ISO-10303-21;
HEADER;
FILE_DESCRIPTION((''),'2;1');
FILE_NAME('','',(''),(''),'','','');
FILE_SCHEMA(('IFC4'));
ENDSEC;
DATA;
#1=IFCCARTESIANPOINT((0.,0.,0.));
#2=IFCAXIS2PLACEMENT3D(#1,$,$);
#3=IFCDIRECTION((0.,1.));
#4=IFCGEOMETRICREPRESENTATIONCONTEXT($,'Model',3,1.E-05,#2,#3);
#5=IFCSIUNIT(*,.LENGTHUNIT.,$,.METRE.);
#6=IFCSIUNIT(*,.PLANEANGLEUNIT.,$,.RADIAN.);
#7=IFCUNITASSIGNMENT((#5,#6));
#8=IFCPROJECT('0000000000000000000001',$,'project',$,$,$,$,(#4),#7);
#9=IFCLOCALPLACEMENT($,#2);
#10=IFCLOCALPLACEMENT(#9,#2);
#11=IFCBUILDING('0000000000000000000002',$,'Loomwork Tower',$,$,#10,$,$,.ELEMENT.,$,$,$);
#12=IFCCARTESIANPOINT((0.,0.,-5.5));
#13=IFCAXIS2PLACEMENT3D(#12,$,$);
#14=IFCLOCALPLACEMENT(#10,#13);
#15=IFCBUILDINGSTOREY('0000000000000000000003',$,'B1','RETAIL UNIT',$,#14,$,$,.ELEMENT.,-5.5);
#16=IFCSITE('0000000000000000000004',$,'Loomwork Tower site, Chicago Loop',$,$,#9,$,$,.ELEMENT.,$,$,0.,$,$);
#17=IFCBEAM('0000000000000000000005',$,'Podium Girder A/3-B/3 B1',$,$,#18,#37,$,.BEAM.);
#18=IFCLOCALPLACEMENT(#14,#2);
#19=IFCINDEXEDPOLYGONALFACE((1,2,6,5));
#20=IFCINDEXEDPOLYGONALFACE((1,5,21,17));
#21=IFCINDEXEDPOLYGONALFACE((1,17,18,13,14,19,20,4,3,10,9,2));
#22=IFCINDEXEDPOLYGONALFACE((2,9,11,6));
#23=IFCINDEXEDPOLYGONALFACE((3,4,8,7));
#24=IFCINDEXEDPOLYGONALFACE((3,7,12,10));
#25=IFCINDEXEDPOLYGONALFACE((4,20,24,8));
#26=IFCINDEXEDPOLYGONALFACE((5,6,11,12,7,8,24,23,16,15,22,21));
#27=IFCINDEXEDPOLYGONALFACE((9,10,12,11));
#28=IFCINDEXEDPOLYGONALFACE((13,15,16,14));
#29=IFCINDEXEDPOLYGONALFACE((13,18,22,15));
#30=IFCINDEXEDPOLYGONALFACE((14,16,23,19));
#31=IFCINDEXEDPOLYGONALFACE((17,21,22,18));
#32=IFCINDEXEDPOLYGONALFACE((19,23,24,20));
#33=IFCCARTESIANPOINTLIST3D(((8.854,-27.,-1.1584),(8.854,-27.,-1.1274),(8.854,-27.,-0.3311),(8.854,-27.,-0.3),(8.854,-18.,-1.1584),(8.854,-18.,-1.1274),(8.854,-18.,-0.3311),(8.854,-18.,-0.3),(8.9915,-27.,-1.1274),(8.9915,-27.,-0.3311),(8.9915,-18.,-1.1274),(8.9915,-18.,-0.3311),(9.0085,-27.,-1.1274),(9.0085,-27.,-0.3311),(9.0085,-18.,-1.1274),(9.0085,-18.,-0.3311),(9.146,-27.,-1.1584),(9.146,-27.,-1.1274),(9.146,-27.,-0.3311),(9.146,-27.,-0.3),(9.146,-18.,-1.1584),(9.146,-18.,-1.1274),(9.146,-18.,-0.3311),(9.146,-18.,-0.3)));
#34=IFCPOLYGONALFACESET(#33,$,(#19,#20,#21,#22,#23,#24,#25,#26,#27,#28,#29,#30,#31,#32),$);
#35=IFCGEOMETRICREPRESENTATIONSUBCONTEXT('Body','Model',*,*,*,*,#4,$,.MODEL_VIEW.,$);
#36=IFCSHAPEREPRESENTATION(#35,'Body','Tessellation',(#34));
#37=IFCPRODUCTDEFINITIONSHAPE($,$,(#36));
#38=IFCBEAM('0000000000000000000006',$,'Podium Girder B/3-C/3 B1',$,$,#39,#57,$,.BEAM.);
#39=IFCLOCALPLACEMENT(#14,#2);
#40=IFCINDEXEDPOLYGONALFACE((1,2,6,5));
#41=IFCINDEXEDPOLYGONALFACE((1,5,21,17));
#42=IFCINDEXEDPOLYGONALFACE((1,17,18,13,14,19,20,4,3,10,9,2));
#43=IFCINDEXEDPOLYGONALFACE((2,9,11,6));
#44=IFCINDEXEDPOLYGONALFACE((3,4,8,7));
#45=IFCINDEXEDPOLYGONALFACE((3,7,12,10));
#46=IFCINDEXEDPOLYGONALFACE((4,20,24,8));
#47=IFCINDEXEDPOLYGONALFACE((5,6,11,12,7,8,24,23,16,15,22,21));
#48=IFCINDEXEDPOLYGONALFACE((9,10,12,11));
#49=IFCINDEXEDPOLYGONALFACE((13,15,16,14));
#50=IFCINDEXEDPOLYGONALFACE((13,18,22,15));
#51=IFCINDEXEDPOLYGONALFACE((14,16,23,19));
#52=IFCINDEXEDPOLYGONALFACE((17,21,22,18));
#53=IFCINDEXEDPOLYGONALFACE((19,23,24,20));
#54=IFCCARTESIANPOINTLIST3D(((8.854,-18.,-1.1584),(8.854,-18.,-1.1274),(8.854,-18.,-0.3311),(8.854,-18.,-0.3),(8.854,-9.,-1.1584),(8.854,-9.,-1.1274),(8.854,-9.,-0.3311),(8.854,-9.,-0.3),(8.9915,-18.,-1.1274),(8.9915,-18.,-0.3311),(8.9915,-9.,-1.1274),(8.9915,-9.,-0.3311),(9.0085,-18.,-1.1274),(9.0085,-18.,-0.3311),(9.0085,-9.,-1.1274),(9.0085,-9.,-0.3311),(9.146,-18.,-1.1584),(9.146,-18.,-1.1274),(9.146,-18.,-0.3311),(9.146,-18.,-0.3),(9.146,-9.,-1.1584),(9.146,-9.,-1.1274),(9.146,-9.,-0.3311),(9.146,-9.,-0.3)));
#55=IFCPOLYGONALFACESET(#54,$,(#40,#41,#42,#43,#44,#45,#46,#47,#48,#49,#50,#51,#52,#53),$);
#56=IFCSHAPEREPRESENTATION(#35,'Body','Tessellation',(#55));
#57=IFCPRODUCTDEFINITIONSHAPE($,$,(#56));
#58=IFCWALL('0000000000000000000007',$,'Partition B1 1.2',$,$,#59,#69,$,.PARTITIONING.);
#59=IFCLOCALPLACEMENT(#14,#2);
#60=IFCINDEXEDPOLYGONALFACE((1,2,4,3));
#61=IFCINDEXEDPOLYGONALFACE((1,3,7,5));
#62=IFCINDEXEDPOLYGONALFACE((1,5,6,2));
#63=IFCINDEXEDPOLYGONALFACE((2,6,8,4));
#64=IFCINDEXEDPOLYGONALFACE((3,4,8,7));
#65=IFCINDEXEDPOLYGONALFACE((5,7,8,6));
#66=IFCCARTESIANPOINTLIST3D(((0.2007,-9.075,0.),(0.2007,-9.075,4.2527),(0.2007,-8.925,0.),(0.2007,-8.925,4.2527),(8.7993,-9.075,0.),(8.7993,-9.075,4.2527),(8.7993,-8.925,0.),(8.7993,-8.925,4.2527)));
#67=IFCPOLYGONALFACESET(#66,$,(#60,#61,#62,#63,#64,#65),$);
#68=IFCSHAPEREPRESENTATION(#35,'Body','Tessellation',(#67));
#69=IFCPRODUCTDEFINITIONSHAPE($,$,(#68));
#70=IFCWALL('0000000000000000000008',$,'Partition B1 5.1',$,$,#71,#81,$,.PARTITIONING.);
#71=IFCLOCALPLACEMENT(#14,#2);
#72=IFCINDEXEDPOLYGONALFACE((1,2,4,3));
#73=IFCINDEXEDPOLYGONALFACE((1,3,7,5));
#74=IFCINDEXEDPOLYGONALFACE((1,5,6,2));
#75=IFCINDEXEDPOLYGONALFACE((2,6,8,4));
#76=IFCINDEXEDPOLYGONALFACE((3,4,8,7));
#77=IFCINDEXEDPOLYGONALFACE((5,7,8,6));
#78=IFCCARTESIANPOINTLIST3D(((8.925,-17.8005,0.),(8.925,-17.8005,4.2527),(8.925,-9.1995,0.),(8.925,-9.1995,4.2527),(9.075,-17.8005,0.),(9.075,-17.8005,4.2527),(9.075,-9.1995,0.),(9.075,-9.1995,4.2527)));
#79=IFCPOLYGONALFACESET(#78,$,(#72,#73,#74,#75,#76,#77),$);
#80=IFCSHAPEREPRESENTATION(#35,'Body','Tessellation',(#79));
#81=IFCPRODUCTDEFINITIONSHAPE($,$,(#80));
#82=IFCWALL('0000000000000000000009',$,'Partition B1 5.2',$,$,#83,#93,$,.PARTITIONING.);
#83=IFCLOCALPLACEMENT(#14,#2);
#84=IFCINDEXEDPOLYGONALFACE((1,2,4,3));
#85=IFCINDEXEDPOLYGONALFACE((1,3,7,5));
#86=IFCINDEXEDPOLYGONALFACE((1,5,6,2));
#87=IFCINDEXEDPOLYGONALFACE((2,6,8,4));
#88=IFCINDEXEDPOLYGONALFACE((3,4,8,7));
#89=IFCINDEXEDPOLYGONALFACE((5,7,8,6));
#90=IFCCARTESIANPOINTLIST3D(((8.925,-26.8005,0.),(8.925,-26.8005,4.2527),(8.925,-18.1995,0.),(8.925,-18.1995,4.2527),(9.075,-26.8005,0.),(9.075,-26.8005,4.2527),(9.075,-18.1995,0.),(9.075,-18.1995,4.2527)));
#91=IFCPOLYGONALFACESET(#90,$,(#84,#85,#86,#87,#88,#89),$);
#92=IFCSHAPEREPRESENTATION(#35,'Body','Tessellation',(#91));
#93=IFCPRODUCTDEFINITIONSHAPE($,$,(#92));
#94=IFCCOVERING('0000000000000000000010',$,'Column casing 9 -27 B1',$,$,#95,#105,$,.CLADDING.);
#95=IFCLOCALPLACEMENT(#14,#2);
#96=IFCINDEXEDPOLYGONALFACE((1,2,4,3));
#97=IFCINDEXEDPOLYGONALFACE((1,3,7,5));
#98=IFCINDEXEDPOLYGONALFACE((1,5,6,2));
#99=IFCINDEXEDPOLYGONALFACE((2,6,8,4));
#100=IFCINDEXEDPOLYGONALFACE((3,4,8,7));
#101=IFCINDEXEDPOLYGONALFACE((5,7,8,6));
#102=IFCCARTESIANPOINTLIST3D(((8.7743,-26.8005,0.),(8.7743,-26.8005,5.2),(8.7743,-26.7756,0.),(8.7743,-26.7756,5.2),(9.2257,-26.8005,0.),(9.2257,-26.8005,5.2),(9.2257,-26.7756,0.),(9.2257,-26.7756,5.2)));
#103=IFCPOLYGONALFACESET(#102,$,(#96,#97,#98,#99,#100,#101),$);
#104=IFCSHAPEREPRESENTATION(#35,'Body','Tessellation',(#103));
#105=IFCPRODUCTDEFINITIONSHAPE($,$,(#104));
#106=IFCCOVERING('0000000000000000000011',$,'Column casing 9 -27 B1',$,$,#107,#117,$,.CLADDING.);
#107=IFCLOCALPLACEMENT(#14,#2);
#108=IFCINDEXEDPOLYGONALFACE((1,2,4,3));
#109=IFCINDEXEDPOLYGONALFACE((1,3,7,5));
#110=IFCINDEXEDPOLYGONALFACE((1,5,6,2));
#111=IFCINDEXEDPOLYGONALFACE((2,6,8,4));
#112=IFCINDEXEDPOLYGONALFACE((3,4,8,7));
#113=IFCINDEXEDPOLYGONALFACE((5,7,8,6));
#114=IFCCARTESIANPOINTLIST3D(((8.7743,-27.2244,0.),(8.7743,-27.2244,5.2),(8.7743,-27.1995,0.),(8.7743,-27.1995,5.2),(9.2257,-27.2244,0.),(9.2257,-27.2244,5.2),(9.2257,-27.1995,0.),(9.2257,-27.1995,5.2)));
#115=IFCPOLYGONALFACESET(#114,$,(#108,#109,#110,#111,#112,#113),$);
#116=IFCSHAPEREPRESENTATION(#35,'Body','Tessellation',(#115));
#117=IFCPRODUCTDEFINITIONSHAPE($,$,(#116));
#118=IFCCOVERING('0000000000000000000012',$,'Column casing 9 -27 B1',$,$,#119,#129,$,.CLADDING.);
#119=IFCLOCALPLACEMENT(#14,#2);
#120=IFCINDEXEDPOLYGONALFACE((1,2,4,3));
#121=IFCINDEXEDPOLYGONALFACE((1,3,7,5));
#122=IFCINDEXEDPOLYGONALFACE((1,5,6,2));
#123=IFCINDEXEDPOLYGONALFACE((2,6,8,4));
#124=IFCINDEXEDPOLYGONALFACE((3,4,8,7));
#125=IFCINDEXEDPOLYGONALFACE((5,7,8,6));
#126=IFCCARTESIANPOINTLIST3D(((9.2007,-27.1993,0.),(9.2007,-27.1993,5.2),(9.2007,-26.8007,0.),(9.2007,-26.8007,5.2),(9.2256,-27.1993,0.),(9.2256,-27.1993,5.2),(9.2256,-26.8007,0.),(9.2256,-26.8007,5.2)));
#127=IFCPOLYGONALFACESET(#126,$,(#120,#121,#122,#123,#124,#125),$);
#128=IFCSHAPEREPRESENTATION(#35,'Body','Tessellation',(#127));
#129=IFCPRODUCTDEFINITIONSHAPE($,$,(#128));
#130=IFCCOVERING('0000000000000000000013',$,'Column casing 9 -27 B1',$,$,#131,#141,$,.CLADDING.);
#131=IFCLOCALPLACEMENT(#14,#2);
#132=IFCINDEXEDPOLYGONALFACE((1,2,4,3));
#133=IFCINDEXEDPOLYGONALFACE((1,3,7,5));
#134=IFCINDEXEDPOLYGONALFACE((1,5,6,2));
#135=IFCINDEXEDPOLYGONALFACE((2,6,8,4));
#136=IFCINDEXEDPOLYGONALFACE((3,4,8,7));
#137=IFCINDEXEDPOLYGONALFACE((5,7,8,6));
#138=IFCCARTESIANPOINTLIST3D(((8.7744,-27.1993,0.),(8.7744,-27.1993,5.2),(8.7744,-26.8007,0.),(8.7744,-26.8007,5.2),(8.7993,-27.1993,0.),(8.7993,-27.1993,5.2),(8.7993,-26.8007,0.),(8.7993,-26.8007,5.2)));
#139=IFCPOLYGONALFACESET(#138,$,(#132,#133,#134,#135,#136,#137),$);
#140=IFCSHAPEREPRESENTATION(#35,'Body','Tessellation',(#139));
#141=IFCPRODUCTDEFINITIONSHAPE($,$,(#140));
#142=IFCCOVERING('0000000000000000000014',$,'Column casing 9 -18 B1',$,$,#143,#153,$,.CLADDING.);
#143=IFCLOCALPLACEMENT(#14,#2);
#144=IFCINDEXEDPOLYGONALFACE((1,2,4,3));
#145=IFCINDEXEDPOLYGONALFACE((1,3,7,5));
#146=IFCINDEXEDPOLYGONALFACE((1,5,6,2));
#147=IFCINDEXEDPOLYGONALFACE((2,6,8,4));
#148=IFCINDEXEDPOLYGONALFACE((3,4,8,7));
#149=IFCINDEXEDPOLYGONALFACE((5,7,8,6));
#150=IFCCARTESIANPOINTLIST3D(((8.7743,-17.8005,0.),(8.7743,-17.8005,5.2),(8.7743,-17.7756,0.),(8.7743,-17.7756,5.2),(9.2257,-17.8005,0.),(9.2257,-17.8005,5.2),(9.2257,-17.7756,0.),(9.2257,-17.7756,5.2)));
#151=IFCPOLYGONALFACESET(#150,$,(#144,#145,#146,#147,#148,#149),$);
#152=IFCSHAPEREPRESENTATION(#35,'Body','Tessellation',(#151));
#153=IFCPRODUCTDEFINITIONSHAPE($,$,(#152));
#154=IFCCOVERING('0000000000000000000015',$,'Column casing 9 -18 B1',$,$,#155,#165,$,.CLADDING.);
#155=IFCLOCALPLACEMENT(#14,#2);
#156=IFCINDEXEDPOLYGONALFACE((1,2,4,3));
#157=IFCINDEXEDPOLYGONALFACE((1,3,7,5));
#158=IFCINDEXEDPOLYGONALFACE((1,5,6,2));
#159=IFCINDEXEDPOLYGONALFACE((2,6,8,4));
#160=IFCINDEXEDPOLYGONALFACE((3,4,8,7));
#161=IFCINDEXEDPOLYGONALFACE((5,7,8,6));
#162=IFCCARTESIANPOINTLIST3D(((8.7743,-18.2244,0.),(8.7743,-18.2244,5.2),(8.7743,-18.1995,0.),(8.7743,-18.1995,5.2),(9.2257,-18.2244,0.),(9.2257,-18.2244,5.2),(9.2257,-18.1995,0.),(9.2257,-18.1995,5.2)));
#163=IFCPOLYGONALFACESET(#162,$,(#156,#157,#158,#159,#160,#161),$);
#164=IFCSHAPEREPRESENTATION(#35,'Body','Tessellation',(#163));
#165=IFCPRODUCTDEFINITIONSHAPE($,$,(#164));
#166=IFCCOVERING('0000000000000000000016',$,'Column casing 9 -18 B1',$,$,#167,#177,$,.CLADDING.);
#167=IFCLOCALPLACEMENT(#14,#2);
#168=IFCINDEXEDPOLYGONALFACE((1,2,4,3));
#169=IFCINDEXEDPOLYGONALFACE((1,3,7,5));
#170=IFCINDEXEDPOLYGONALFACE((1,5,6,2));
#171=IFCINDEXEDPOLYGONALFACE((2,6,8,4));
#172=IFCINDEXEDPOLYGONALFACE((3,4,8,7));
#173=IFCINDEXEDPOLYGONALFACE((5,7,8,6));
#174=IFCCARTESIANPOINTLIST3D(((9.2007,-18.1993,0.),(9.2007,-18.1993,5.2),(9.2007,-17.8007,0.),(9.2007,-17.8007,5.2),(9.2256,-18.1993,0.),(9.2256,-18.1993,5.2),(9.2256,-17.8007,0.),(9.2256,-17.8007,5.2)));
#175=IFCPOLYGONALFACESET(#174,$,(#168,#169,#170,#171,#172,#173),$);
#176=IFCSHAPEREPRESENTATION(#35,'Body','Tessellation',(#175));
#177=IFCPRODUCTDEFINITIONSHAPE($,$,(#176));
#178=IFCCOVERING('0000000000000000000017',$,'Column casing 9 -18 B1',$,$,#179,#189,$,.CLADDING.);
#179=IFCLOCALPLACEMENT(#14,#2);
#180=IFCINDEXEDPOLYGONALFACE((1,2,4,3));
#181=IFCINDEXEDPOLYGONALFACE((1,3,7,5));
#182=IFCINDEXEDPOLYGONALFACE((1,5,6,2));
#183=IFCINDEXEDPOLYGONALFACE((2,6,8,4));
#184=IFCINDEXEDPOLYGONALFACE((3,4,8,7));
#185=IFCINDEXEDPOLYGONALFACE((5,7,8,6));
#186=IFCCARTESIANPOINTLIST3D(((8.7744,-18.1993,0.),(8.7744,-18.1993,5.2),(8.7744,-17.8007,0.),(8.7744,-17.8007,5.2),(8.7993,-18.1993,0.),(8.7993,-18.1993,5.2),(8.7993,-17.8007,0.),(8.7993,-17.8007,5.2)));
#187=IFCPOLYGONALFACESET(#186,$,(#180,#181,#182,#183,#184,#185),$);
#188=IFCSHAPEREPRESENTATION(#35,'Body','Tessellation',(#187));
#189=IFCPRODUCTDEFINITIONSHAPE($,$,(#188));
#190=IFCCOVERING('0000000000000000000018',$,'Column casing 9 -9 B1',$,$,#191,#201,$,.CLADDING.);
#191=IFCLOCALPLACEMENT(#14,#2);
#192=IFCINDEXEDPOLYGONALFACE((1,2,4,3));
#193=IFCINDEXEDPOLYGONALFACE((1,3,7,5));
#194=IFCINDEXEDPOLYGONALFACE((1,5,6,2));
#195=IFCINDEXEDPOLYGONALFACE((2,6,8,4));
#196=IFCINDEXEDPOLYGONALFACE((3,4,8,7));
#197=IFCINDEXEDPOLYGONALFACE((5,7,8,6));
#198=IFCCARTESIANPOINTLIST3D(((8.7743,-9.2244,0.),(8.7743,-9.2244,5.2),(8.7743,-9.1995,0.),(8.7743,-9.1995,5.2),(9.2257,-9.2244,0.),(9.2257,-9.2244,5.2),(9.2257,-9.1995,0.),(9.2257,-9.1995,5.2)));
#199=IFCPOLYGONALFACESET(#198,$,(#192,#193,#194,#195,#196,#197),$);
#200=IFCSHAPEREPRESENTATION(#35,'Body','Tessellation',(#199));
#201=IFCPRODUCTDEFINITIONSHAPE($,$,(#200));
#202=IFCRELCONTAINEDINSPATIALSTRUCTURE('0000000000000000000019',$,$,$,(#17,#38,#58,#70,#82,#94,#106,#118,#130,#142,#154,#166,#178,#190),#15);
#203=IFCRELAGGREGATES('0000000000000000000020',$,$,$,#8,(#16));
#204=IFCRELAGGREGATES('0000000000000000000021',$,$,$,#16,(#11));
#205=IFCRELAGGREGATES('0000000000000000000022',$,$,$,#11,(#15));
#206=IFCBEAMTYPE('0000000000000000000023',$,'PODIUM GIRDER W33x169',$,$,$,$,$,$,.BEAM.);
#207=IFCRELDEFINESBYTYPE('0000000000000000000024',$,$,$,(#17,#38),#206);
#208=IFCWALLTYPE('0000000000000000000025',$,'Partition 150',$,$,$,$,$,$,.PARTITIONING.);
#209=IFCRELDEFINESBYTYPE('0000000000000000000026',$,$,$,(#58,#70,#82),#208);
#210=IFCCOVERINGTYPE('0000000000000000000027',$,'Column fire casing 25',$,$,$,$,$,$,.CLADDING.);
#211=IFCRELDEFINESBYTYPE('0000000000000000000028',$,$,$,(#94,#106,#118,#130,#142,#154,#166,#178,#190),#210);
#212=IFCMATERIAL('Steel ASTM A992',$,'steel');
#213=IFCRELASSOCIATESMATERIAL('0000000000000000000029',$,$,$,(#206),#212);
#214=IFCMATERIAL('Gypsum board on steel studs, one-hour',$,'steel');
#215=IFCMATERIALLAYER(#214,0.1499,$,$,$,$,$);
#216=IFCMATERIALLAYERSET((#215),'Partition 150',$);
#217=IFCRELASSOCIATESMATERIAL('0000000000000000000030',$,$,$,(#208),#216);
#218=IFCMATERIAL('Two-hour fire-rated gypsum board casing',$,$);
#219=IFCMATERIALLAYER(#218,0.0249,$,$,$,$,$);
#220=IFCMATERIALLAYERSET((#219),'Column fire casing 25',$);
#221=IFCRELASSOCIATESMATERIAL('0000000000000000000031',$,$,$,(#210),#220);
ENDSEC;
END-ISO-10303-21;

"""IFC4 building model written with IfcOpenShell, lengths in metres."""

from ifc_helpers import new_model, si_unit, direction, frame, frame_2d, origin, origin_2d, place, context, subcontext, project, spatial, rectangle, i_section, extrude, material, layer, layer_set, material_profile, profile_set, type_object, element, save


model = new_model("IFC4")

# Units and contexts
model_context = context("Model", 3, precision=1e-05, world=origin(), true_north=direction((0.0, 1.0)))
body_context = subcontext(model_context, "Body", "Model", "MODEL_VIEW")
ifc_project = project(units=[si_unit("LENGTHUNIT", "METRE"), si_unit("PLANEANGLEUNIT", "RADIAN")], contexts=[model_context])

# Site, building, storey
site_placement = place(None, origin())
site = spatial("IfcSite", under=ifc_project, at=site_placement, Name="Loomwork Tower site, Chicago Loop", CompositionType="ELEMENT", RefElevation=0.0)
building_placement = place(site_placement, origin())
building = spatial("IfcBuilding", under=site, at=building_placement, Name="Loomwork Tower", CompositionType="ELEMENT")
storey_placement = place(building_placement, frame((0.0, 0.0, -5.5)))
storey = spatial("IfcBuildingStorey", under=building, at=storey_placement, Name="B1", Description="RETAIL UNIT", CompositionType="ELEMENT", Elevation=-5.5)

# Beams
ifc_material_1 = material(Name="Steel ASTM A992", Category="steel")
ifc_material_profile_1 = material_profile(ifc_material_1, i_section(OverallWidth=0.292, OverallDepth=0.8584, WebThickness=0.0171, FlangeThickness=0.031, at=origin_2d()), Name="W33x169")
ifc_profile_set_1 = profile_set([ifc_material_profile_1], Name="Steel ASTM A992")
beam_type_1 = type_object("IfcBeamType", Name="PODIUM GIRDER W33x169", PredefinedType="BEAM", material=ifc_profile_set_1)
for number, where, z_axis, x_axis, name in (
    (1, (9.0, -27.0, -0.7292), (0.0, 1.0, 0.0), (-1.0, 0.0, 0.0), "Podium Girder A/3-B/3 B1"),
    (2, (9.0, -18.0, -0.7292), (0.0, 1.0, 0.0), (-1.0, 0.0, 0.0), "Podium Girder B/3-C/3 B1"),
):
    element("IfcBeam", number, at=place(storey_placement, frame(where, z_axis=z_axis, x_axis=x_axis)), inside=storey, type_object=beam_type_1, Name=name, PredefinedType="BEAM", context=body_context, shape_type="SweptSolid", body=[
        extrude(i_section(OverallWidth=0.292, OverallDepth=0.8584, WebThickness=0.0171, FlangeThickness=0.031, at=origin_2d()), origin(), (0.0, 0.0, 1.0), 9.0),
    ])

# Walls
ifc_material_2 = material(Name="Gypsum board on steel studs, one-hour", Category="steel")
ifc_layer_1 = layer(ifc_material_2, 0.1499)
ifc_layer_set_1 = layer_set([ifc_layer_1], Name="Partition 150")
wall_type = type_object("IfcWallType", Name="Partition 150", PredefinedType="PARTITIONING", material=ifc_layer_set_1)
wall_placement = place(storey_placement, frame((0.2007, -9.0, 0.0), z_axis=(0.0, 0.0, 1.0), x_axis=(1.0, 0.0, 0.0)))
element("IfcWall", 3, at=wall_placement, inside=storey, type_object=wall_type, Name="Partition B1 1.2", PredefinedType="PARTITIONING", context=body_context, shape_type="SweptSolid", body=[
    extrude(rectangle(XDim=8.5986, YDim=0.1499, at=frame_2d((4.2993, 0.0))), origin(), (0.0, 0.0, 1.0), 4.2527),
])
for number, where, z_axis, x_axis, name in (
    (4, (9.0, -9.1995, 0.0), (0.0, 0.0, 1.0), (0.0, -1.0, 0.0), "Partition B1 5.1"),
    (5, (9.0, -18.1995, 0.0), (0.0, 0.0, 1.0), (0.0, -1.0, 0.0), "Partition B1 5.2"),
):
    element("IfcWall", number, at=place(storey_placement, frame(where, z_axis=z_axis, x_axis=x_axis)), inside=storey, type_object=wall_type, Name=name, PredefinedType="PARTITIONING", context=body_context, shape_type="SweptSolid", body=[
        extrude(rectangle(XDim=8.6011, YDim=0.1499, at=frame_2d((4.3005, 0.0))), origin(), (0.0, 0.0, 1.0), 4.2527),
    ])

# Coverings
ifc_material_3 = material(Name="Two-hour fire-rated gypsum board casing")
ifc_layer_2 = layer(ifc_material_3, 0.0249)
ifc_layer_set_2 = layer_set([ifc_layer_2], Name="Column fire casing 25")
covering_type = type_object("IfcCoveringType", Name="Column fire casing 25", PredefinedType="CLADDING", material=ifc_layer_set_2)
for number, where, z_axis, x_axis, name in (
    (6, (9.0, -26.7881, 0.0), (0.0, 0.0, 1.0), (1.0, 0.0, 0.0), "Column casing 9 -27 B1"),
    (7, (9.0, -27.2119, 0.0), (0.0, 0.0, 1.0), (1.0, 0.0, 0.0), "Column casing 9 -27 B1"),
):
    element("IfcCovering", number, at=place(storey_placement, frame(where, z_axis=z_axis, x_axis=x_axis)), inside=storey, type_object=covering_type, Name=name, PredefinedType="CLADDING", context=body_context, shape_type="SweptSolid", body=[
        extrude(rectangle(XDim=0.4514, YDim=0.0249, at=origin_2d()), origin(), (0.0, 0.0, 1.0), 5.2),
    ])
for number, where, z_axis, x_axis, name in (
    (8, (9.2131, -27.0, 0.0), (0.0, 0.0, 1.0), (1.0, 0.0, 0.0), "Column casing 9 -27 B1"),
    (9, (8.7869, -27.0, 0.0), (0.0, 0.0, 1.0), (1.0, 0.0, 0.0), "Column casing 9 -27 B1"),
):
    element("IfcCovering", number, at=place(storey_placement, frame(where, z_axis=z_axis, x_axis=x_axis)), inside=storey, type_object=covering_type, Name=name, PredefinedType="CLADDING", context=body_context, shape_type="SweptSolid", body=[
        extrude(rectangle(XDim=0.0249, YDim=0.3987, at=origin_2d()), origin(), (0.0, 0.0, 1.0), 5.2),
    ])
for number, where, z_axis, x_axis, name in (
    (10, (9.0, -17.7881, 0.0), (0.0, 0.0, 1.0), (1.0, 0.0, 0.0), "Column casing 9 -18 B1"),
    (11, (9.0, -18.2119, 0.0), (0.0, 0.0, 1.0), (1.0, 0.0, 0.0), "Column casing 9 -18 B1"),
):
    element("IfcCovering", number, at=place(storey_placement, frame(where, z_axis=z_axis, x_axis=x_axis)), inside=storey, type_object=covering_type, Name=name, PredefinedType="CLADDING", context=body_context, shape_type="SweptSolid", body=[
        extrude(rectangle(XDim=0.4514, YDim=0.0249, at=origin_2d()), origin(), (0.0, 0.0, 1.0), 5.2),
    ])
for number, where, z_axis, x_axis, name in (
    (12, (9.2131, -18.0, 0.0), (0.0, 0.0, 1.0), (1.0, 0.0, 0.0), "Column casing 9 -18 B1"),
    (13, (8.7869, -18.0, 0.0), (0.0, 0.0, 1.0), (1.0, 0.0, 0.0), "Column casing 9 -18 B1"),
):
    element("IfcCovering", number, at=place(storey_placement, frame(where, z_axis=z_axis, x_axis=x_axis)), inside=storey, type_object=covering_type, Name=name, PredefinedType="CLADDING", context=body_context, shape_type="SweptSolid", body=[
        extrude(rectangle(XDim=0.0249, YDim=0.3987, at=origin_2d()), origin(), (0.0, 0.0, 1.0), 5.2),
    ])
covering_placement = place(storey_placement, frame((9.0, -9.2119, 0.0), z_axis=(0.0, 0.0, 1.0), x_axis=(1.0, 0.0, 0.0)))
element("IfcCovering", 14, at=covering_placement, inside=storey, type_object=covering_type, Name="Column casing 9 -9 B1", PredefinedType="CLADDING", context=body_context, shape_type="SweptSolid", body=[
    extrude(rectangle(XDim=0.4514, YDim=0.0249, at=origin_2d()), origin(), (0.0, 0.0, 1.0), 5.2),
])

save(model, "model.ifc")
